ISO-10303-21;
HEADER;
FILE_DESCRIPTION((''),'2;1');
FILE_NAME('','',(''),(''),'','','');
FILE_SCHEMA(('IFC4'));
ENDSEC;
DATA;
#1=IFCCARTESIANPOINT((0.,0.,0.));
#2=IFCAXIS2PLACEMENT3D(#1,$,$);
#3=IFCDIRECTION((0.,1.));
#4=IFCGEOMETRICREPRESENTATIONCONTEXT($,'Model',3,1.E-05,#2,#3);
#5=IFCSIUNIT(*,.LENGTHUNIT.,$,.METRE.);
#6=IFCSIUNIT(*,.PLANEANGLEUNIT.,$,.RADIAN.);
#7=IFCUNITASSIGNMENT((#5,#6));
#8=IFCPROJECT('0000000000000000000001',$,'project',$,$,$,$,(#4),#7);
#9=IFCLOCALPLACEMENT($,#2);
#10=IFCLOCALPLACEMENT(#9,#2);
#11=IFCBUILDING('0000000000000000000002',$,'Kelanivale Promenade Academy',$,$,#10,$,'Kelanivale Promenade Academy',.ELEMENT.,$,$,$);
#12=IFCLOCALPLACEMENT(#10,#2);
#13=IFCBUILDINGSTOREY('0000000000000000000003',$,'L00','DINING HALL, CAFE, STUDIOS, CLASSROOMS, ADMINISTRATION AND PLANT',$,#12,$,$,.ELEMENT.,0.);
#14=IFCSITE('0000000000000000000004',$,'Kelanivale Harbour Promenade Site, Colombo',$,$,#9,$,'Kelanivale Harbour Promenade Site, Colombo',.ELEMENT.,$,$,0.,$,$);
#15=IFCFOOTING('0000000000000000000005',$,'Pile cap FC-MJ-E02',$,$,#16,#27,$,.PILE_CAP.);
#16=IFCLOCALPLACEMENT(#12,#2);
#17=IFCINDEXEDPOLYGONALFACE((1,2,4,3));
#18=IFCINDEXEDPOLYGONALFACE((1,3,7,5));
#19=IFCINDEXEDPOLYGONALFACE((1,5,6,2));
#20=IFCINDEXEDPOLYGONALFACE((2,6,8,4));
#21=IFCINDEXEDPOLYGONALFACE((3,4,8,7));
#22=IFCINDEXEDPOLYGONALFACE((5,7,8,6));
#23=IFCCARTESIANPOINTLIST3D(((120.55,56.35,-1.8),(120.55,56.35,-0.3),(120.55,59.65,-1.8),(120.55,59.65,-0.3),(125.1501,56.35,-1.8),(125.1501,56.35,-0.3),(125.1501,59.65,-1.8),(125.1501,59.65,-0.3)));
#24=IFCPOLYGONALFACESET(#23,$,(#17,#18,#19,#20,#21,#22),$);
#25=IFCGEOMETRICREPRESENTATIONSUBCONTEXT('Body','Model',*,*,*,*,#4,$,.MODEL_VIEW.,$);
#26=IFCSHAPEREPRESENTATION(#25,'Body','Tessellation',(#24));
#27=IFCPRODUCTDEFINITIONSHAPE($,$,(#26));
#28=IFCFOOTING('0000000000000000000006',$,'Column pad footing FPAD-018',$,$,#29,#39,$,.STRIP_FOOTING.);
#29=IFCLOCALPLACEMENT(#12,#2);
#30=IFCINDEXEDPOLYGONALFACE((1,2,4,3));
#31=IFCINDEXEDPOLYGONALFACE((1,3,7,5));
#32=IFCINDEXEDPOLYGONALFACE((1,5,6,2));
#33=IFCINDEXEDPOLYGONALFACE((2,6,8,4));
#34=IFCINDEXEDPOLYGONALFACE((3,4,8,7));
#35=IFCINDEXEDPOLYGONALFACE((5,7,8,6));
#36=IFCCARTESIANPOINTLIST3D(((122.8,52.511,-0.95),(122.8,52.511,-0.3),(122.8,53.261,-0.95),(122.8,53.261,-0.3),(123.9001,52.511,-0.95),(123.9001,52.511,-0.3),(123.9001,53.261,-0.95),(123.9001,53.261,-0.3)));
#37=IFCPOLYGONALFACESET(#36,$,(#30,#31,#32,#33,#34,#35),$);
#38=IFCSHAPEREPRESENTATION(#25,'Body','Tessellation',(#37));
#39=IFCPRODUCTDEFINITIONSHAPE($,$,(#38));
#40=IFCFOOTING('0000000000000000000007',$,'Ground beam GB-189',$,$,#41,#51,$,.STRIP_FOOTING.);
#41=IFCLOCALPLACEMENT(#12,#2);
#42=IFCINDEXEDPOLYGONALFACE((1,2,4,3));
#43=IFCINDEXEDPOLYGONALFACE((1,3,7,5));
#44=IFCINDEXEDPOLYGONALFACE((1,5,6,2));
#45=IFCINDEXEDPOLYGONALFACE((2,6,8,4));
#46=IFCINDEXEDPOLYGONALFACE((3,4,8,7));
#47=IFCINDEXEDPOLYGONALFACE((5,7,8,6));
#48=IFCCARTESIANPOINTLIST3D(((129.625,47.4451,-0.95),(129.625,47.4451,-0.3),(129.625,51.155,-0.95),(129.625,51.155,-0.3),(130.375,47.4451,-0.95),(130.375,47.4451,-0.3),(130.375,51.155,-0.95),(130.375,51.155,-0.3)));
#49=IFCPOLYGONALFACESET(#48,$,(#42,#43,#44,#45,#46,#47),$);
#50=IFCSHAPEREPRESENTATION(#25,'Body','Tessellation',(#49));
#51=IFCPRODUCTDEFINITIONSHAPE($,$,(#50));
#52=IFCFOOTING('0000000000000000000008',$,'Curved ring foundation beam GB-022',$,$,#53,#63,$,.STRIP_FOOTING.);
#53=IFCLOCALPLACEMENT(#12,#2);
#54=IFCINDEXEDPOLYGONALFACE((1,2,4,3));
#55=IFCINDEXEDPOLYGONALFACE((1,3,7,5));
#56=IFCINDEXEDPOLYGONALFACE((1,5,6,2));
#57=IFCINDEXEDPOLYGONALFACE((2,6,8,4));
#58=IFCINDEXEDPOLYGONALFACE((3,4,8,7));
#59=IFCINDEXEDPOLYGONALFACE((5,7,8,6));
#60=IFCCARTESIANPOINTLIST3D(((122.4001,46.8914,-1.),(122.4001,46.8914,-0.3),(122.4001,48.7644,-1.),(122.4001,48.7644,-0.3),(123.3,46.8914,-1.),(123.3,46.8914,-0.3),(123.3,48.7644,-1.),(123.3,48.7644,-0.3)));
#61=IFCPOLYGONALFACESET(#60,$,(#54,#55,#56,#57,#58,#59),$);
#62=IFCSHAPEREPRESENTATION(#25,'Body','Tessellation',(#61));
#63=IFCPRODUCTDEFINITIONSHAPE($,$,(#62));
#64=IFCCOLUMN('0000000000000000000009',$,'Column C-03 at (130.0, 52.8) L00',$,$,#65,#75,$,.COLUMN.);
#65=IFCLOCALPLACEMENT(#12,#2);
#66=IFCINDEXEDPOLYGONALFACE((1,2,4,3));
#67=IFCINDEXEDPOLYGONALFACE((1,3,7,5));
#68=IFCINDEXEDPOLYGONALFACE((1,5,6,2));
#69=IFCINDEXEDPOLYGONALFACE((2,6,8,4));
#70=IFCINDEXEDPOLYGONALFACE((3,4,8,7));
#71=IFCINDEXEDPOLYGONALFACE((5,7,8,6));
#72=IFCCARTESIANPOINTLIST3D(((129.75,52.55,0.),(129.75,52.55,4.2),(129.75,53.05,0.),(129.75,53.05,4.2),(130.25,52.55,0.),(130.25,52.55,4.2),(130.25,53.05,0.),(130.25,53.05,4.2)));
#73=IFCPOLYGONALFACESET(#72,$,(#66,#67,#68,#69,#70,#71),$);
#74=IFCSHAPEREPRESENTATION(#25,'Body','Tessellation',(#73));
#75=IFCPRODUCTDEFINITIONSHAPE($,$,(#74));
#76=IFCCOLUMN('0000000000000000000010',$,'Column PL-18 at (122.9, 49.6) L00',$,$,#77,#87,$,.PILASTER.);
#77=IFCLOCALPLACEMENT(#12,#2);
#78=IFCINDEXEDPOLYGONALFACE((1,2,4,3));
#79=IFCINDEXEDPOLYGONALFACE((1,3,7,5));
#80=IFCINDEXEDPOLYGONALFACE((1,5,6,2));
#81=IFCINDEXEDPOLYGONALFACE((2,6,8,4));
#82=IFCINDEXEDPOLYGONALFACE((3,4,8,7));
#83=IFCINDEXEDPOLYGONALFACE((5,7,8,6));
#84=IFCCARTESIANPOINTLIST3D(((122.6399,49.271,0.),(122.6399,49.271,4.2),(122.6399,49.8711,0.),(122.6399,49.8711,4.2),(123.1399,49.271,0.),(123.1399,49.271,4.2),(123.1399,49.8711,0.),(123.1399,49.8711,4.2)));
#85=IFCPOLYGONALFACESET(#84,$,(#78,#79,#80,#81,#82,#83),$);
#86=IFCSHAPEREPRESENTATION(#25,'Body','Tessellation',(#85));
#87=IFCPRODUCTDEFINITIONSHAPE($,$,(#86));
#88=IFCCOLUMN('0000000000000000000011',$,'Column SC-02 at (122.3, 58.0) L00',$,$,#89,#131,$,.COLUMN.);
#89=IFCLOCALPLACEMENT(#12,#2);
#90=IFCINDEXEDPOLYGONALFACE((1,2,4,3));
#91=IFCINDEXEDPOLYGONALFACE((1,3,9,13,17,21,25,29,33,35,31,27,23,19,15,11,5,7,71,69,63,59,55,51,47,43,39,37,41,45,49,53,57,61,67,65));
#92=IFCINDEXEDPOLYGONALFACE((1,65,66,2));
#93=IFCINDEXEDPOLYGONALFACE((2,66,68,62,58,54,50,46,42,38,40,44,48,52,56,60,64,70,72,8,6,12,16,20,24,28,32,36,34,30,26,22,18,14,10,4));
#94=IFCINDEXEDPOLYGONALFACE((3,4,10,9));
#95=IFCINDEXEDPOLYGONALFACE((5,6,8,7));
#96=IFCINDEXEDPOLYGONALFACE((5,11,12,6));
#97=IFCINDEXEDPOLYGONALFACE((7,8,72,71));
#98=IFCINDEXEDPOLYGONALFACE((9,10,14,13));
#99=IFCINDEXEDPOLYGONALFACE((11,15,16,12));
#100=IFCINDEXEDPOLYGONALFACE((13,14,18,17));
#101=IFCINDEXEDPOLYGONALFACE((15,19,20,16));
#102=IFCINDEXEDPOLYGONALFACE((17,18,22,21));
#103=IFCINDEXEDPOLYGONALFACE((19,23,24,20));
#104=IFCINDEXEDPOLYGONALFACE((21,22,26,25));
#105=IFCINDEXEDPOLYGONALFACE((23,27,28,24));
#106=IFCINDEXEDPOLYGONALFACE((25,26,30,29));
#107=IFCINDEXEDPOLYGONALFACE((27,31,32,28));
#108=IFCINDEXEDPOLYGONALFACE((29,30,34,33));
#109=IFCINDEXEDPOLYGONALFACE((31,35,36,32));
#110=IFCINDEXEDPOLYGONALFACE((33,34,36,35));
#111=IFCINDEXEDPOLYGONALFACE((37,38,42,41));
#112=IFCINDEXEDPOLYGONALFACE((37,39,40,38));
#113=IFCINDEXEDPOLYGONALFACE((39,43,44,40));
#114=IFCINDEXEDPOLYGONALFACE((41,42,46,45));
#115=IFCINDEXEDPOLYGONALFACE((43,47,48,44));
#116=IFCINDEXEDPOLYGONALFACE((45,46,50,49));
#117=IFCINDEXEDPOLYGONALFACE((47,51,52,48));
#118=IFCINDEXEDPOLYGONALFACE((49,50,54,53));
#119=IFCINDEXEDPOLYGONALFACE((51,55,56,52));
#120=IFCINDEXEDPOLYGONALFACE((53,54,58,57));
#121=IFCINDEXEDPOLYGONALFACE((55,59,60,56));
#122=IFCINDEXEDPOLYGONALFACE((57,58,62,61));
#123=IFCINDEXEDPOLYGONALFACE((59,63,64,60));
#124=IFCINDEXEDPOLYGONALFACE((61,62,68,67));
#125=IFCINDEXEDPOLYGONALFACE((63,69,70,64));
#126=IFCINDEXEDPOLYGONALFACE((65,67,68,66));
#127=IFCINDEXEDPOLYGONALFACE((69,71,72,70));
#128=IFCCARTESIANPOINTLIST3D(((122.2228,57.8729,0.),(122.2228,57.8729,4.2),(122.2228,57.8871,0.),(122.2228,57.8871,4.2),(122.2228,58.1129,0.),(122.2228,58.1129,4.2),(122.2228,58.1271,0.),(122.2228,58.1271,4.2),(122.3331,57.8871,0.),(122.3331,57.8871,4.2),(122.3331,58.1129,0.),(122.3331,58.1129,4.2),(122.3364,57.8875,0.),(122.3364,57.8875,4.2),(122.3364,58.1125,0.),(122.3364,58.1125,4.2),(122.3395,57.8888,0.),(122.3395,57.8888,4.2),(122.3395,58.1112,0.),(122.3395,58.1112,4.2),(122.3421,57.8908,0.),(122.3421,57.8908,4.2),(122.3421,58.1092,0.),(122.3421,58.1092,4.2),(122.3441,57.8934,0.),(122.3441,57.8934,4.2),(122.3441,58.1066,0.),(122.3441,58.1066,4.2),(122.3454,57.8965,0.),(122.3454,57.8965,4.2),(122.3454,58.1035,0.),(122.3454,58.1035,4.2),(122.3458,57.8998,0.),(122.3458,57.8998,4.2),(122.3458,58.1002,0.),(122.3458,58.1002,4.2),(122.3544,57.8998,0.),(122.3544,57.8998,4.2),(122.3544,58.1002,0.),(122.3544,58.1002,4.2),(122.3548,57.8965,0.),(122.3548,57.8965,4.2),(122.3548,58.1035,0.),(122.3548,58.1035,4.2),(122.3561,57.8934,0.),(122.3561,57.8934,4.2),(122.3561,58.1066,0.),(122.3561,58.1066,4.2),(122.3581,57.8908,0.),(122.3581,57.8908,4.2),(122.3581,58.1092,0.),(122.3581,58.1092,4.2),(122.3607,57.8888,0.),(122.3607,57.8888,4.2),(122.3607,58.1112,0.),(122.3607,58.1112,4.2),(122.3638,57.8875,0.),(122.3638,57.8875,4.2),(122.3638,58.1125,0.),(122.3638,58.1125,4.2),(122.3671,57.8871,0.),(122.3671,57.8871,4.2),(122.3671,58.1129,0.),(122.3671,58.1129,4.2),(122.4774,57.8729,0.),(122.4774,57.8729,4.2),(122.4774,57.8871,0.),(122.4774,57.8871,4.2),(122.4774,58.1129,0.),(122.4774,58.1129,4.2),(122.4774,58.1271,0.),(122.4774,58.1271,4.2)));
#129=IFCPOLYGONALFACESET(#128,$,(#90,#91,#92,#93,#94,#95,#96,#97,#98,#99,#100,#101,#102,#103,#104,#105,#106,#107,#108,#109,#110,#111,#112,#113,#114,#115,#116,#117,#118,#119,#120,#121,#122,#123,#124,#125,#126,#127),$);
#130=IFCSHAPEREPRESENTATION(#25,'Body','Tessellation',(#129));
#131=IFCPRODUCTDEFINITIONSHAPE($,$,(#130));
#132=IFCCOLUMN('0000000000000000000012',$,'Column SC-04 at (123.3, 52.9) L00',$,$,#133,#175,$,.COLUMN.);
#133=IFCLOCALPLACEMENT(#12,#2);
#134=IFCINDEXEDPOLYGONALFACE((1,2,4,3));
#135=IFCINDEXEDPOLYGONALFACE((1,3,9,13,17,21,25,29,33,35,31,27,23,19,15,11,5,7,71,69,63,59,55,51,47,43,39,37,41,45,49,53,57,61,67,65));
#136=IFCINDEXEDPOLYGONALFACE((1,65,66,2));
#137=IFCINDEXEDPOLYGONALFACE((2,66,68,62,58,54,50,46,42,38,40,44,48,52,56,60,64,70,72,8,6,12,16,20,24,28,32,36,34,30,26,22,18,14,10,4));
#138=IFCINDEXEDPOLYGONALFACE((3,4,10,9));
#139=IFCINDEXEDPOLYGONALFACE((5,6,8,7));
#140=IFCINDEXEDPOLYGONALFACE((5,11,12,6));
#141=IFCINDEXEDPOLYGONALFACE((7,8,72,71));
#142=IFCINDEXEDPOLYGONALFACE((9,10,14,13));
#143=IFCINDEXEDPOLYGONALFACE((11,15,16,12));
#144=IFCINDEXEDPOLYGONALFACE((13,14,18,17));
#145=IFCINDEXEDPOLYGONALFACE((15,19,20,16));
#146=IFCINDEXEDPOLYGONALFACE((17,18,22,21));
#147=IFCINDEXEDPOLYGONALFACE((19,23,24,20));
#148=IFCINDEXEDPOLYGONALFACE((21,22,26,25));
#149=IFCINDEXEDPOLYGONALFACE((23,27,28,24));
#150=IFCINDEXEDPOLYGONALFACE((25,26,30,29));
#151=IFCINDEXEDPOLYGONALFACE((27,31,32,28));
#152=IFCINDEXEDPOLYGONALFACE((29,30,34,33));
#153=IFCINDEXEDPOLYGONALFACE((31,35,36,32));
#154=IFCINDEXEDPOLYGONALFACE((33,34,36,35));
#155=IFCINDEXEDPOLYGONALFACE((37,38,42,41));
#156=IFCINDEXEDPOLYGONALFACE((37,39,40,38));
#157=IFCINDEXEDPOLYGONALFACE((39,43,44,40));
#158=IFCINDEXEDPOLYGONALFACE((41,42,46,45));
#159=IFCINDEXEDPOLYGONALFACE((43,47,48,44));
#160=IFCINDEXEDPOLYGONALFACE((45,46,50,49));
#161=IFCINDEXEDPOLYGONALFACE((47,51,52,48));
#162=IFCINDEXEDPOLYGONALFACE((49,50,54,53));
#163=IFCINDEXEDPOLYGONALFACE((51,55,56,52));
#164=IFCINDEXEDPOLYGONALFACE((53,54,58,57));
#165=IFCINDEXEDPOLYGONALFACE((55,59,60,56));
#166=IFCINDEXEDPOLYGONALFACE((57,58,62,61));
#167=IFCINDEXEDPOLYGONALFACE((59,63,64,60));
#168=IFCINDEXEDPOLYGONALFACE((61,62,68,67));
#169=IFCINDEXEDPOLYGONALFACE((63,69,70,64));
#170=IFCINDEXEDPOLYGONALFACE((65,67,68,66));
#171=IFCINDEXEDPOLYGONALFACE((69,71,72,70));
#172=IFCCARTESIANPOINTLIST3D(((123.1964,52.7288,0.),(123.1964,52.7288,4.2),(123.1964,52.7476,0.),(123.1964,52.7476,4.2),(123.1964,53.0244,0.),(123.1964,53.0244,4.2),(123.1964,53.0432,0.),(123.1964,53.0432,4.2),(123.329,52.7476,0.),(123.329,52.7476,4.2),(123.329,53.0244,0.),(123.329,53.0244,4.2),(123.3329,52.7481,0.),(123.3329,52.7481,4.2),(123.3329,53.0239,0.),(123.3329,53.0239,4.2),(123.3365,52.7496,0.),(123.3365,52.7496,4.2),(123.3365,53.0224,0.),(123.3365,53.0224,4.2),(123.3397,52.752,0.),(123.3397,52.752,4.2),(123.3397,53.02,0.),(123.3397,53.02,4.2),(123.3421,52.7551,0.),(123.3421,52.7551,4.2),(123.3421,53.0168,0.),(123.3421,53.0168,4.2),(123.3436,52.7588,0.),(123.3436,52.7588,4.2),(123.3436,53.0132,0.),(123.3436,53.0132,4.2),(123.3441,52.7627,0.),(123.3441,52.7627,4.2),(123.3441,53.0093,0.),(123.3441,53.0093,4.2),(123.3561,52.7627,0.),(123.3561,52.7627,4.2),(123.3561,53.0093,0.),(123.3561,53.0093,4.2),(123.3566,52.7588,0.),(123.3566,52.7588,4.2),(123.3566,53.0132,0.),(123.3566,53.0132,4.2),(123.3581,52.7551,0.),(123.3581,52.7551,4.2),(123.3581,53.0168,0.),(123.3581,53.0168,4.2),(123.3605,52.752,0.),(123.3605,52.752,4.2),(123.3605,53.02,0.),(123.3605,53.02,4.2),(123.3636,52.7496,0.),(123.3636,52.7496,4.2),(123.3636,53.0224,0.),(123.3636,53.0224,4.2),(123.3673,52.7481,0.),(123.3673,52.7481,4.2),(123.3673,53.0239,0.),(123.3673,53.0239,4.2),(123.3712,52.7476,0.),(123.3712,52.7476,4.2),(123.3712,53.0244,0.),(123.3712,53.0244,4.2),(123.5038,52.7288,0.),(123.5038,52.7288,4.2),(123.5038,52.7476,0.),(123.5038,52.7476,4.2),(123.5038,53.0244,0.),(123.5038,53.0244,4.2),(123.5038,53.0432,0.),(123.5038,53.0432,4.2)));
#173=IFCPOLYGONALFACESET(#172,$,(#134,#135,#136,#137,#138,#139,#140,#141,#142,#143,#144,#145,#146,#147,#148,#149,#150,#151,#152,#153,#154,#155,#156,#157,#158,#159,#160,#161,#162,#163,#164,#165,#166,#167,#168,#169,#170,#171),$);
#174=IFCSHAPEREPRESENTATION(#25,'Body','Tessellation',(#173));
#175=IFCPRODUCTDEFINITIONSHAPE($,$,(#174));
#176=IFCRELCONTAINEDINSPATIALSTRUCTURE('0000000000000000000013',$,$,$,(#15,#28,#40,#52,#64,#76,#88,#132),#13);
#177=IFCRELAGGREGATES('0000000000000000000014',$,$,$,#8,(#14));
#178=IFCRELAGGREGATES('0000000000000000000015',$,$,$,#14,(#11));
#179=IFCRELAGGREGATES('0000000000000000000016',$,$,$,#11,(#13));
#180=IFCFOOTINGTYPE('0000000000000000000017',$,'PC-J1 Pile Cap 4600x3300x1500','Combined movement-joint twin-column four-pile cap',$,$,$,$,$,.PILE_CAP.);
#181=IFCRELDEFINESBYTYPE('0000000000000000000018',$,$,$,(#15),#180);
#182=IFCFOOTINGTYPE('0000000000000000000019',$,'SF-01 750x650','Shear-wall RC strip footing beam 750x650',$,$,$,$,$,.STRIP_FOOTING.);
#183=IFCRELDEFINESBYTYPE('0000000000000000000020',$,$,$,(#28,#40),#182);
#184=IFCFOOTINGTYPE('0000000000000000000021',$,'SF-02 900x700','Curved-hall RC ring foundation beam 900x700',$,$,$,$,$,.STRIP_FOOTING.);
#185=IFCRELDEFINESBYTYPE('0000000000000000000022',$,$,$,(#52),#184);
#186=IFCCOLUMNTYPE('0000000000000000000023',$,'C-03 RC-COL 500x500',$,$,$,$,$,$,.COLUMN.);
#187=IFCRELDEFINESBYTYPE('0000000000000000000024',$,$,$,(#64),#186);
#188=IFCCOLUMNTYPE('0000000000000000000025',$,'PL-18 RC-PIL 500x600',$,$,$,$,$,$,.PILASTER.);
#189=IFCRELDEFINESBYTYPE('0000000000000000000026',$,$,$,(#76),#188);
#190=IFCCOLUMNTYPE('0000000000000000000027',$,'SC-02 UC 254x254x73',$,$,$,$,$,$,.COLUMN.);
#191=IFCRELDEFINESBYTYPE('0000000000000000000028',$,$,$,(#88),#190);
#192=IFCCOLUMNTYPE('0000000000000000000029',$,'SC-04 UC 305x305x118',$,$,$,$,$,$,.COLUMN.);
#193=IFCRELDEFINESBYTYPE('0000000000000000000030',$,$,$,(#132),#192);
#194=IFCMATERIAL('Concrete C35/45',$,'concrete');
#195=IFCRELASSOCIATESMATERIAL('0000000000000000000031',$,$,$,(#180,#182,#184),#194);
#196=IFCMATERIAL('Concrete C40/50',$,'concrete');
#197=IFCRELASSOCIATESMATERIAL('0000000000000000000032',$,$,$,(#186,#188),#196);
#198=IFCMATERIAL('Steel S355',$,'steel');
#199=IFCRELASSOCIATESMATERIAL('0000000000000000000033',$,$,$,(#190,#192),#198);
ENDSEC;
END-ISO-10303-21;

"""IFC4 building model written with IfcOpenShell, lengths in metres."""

from ifc_helpers import new_model, si_unit, direction, frame, origin, origin_2d, place, context, subcontext, project, spatial, rectangle, i_section, extrude, material, material_profile, profile_set, type_object, element, save


model = new_model("IFC4")

# Units and contexts
model_context = context("Model", 3, precision=1e-05, world=origin(), true_north=direction((0.0, 1.0)))
body_context = subcontext(model_context, "Body", "Model", "MODEL_VIEW")
ifc_project = project(units=[si_unit("LENGTHUNIT", "METRE"), si_unit("PLANEANGLEUNIT", "RADIAN")], contexts=[model_context])

# Site, building, storey
site_placement = place(None, origin())
site = spatial("IfcSite", under=ifc_project, at=site_placement, Name="Kelanivale Harbour Promenade Site, Colombo", LongName="Kelanivale Harbour Promenade Site, Colombo", CompositionType="ELEMENT", RefElevation=0.0)
building_placement = place(site_placement, origin())
building = spatial("IfcBuilding", under=site, at=building_placement, Name="Kelanivale Promenade Academy", LongName="Kelanivale Promenade Academy", CompositionType="ELEMENT")
storey_placement = place(building_placement, origin())
storey = spatial("IfcBuildingStorey", under=building, at=storey_placement, Name="L00", Description="DINING HALL, CAFE, STUDIOS, CLASSROOMS, ADMINISTRATION AND PLANT", CompositionType="ELEMENT", Elevation=0.0)

# Shared definitions
ifc_material_1 = material(Name="Concrete C35/45", Category="concrete")

# Footings
footing_type_1 = type_object("IfcFootingType", Name="PC-J1 Pile Cap 4600x3300x1500", Description="Combined movement-joint twin-column four-pile cap", PredefinedType="PILE_CAP", material=ifc_material_1)
for number, where, z_axis, x_axis, name in (
    (1, (122.8501, 58.0, -1.8), (0.0, 0.0, 1.0), (1.0, 0.0, 0.0), "Pile cap FC-MJ-E02"),
):
    element("IfcFooting", number, at=place(storey_placement, frame(where, z_axis=z_axis, x_axis=x_axis)), inside=storey, type_object=footing_type_1, Name=name, PredefinedType="PILE_CAP", context=body_context, shape_type="SweptSolid", body=[
        extrude(rectangle(XDim=4.6001, YDim=3.3, at=origin_2d()), origin(), (0.0, 0.0, 1.0), 1.5),
    ])
footing_type_2 = type_object("IfcFootingType", Name="SF-01 750x650", Description="Shear-wall RC strip footing beam 750x650", PredefinedType="STRIP_FOOTING", material=ifc_material_1)
footing_1_placement = place(storey_placement, frame((123.3501, 52.886, -0.95), z_axis=(0.0, 0.0, 1.0), x_axis=(1.0, 0.0, 0.0)))
element("IfcFooting", 2, at=footing_1_placement, inside=storey, type_object=footing_type_2, Name="Column pad footing FPAD-018", PredefinedType="STRIP_FOOTING", context=body_context, shape_type="SweptSolid", body=[
    extrude(rectangle(XDim=1.1001, YDim=0.75, at=origin_2d()), origin(), (0.0, 0.0, 1.0), 0.6499),
])
footing_2_placement = place(storey_placement, frame((130.0, 49.3, -0.95), z_axis=(0.0, 0.0, 1.0), x_axis=(0.0, 1.0, 0.0)))
element("IfcFooting", 3, at=footing_2_placement, inside=storey, type_object=footing_type_2, Name="Ground beam GB-189", PredefinedType="STRIP_FOOTING", context=body_context, shape_type="SweptSolid", body=[
    extrude(rectangle(XDim=3.71, YDim=0.75, at=origin_2d()), origin(), (0.0, 0.0, 1.0), 0.6499),
])
footing_type_3 = type_object("IfcFootingType", Name="SF-02 900x700", Description="Curved-hall RC ring foundation beam 900x700", PredefinedType="STRIP_FOOTING", material=ifc_material_1)
footing_3_placement = place(storey_placement, frame((122.8501, 47.8279, -1.0), z_axis=(0.0, 0.0, 1.0), x_axis=(0.0, 1.0, 0.0)))
element("IfcFooting", 4, at=footing_3_placement, inside=storey, type_object=footing_type_3, Name="Curved ring foundation beam GB-022", PredefinedType="STRIP_FOOTING", context=body_context, shape_type="SweptSolid", body=[
    extrude(rectangle(XDim=1.873, YDim=0.8999, at=origin_2d()), origin(), (0.0, 0.0, 1.0), 0.7),
])

# Columns
ifc_material_2 = material(Name="Concrete C40/50", Category="concrete")
ifc_material_profile_1 = material_profile(ifc_material_2, rectangle(XDim=0.5, YDim=0.5, at=origin_2d()), Name="RC-COL 500x500")
ifc_profile_set_1 = profile_set([ifc_material_profile_1], Name="Concrete C40/50")
column_type_1 = type_object("IfcColumnType", Name="C-03 RC-COL 500x500", PredefinedType="COLUMN", material=ifc_profile_set_1)
column_1_placement = place(storey_placement, frame((130.0, 52.8, 0.0), z_axis=(0.0, 0.0, 1.0), x_axis=(1.0, 0.0, 0.0)))
element("IfcColumn", 5, at=column_1_placement, inside=storey, type_object=column_type_1, Name="Column C-03 at (130.0, 52.8) L00", PredefinedType="COLUMN", context=body_context, shape_type="SweptSolid", body=[
    extrude(rectangle(XDim=0.5, YDim=0.5, at=origin_2d()), origin(), (0.0, 0.0, 1.0), 4.2),
])
ifc_material_profile_2 = material_profile(ifc_material_2, rectangle(XDim=0.5, YDim=0.6001, at=origin_2d()), Name="RC-PIL 500x600")
ifc_profile_set_2 = profile_set([ifc_material_profile_2], Name="Concrete C40/50")
column_type_2 = type_object("IfcColumnType", Name="PL-18 RC-PIL 500x600", PredefinedType="PILASTER", material=ifc_profile_set_2)
column_2_placement = place(storey_placement, frame((122.8899, 49.571, 0.0), z_axis=(0.0, 0.0, 1.0), x_axis=(1.0, 0.0, 0.0)))
element("IfcColumn", 6, at=column_2_placement, inside=storey, type_object=column_type_2, Name="Column PL-18 at (122.9, 49.6) L00", PredefinedType="PILASTER", context=body_context, shape_type="SweptSolid", body=[
    extrude(rectangle(XDim=0.5, YDim=0.6001, at=origin_2d()), origin(), (0.0, 0.0, 1.0), 4.2),
])
ifc_material_3 = material(Name="Steel S355", Category="steel")
ifc_material_profile_3 = material_profile(ifc_material_3, i_section(OverallWidth=0.2546, OverallDepth=0.2542, WebThickness=0.0085, FlangeThickness=0.0142, FilletRadius=0.0127, at=origin_2d()), Name="UC 254x254x73")
ifc_profile_set_3 = profile_set([ifc_material_profile_3], Name="Steel S355")
column_type_3 = type_object("IfcColumnType", Name="SC-02 UC 254x254x73", PredefinedType="COLUMN", material=ifc_profile_set_3)
column_3_placement = place(storey_placement, frame((122.3501, 58.0, 0.0), z_axis=(0.0, 0.0, 1.0), x_axis=(1.0, 0.0, 0.0)))
element("IfcColumn", 7, at=column_3_placement, inside=storey, type_object=column_type_3, Name="Column SC-02 at (122.3, 58.0) L00", PredefinedType="COLUMN", context=body_context, shape_type="SweptSolid", body=[
    extrude(i_section(OverallWidth=0.2546, OverallDepth=0.2542, WebThickness=0.0085, FlangeThickness=0.0142, FilletRadius=0.0127, at=origin_2d()), origin(), (0.0, 0.0, 1.0), 4.2),
])
ifc_material_profile_4 = material_profile(ifc_material_3, i_section(OverallWidth=0.3074, OverallDepth=0.3145, WebThickness=0.012, FlangeThickness=0.0188, FilletRadius=0.0151, at=origin_2d()), Name="UC 305x305x118")
ifc_profile_set_4 = profile_set([ifc_material_profile_4], Name="Steel S355")
column_type_4 = type_object("IfcColumnType", Name="SC-04 UC 305x305x118", PredefinedType="COLUMN", material=ifc_profile_set_4)
column_4_placement = place(storey_placement, frame((123.3501, 52.886, 0.0), z_axis=(0.0, 0.0, 1.0), x_axis=(1.0, 0.0, 0.0)))
element("IfcColumn", 8, at=column_4_placement, inside=storey, type_object=column_type_4, Name="Column SC-04 at (123.3, 52.9) L00", PredefinedType="COLUMN", context=body_context, shape_type="SweptSolid", body=[
    extrude(i_section(OverallWidth=0.3074, OverallDepth=0.3145, WebThickness=0.012, FlangeThickness=0.0188, FilletRadius=0.0151, at=origin_2d()), origin(), (0.0, 0.0, 1.0), 4.2),
])

save(model, "model.ifc")
